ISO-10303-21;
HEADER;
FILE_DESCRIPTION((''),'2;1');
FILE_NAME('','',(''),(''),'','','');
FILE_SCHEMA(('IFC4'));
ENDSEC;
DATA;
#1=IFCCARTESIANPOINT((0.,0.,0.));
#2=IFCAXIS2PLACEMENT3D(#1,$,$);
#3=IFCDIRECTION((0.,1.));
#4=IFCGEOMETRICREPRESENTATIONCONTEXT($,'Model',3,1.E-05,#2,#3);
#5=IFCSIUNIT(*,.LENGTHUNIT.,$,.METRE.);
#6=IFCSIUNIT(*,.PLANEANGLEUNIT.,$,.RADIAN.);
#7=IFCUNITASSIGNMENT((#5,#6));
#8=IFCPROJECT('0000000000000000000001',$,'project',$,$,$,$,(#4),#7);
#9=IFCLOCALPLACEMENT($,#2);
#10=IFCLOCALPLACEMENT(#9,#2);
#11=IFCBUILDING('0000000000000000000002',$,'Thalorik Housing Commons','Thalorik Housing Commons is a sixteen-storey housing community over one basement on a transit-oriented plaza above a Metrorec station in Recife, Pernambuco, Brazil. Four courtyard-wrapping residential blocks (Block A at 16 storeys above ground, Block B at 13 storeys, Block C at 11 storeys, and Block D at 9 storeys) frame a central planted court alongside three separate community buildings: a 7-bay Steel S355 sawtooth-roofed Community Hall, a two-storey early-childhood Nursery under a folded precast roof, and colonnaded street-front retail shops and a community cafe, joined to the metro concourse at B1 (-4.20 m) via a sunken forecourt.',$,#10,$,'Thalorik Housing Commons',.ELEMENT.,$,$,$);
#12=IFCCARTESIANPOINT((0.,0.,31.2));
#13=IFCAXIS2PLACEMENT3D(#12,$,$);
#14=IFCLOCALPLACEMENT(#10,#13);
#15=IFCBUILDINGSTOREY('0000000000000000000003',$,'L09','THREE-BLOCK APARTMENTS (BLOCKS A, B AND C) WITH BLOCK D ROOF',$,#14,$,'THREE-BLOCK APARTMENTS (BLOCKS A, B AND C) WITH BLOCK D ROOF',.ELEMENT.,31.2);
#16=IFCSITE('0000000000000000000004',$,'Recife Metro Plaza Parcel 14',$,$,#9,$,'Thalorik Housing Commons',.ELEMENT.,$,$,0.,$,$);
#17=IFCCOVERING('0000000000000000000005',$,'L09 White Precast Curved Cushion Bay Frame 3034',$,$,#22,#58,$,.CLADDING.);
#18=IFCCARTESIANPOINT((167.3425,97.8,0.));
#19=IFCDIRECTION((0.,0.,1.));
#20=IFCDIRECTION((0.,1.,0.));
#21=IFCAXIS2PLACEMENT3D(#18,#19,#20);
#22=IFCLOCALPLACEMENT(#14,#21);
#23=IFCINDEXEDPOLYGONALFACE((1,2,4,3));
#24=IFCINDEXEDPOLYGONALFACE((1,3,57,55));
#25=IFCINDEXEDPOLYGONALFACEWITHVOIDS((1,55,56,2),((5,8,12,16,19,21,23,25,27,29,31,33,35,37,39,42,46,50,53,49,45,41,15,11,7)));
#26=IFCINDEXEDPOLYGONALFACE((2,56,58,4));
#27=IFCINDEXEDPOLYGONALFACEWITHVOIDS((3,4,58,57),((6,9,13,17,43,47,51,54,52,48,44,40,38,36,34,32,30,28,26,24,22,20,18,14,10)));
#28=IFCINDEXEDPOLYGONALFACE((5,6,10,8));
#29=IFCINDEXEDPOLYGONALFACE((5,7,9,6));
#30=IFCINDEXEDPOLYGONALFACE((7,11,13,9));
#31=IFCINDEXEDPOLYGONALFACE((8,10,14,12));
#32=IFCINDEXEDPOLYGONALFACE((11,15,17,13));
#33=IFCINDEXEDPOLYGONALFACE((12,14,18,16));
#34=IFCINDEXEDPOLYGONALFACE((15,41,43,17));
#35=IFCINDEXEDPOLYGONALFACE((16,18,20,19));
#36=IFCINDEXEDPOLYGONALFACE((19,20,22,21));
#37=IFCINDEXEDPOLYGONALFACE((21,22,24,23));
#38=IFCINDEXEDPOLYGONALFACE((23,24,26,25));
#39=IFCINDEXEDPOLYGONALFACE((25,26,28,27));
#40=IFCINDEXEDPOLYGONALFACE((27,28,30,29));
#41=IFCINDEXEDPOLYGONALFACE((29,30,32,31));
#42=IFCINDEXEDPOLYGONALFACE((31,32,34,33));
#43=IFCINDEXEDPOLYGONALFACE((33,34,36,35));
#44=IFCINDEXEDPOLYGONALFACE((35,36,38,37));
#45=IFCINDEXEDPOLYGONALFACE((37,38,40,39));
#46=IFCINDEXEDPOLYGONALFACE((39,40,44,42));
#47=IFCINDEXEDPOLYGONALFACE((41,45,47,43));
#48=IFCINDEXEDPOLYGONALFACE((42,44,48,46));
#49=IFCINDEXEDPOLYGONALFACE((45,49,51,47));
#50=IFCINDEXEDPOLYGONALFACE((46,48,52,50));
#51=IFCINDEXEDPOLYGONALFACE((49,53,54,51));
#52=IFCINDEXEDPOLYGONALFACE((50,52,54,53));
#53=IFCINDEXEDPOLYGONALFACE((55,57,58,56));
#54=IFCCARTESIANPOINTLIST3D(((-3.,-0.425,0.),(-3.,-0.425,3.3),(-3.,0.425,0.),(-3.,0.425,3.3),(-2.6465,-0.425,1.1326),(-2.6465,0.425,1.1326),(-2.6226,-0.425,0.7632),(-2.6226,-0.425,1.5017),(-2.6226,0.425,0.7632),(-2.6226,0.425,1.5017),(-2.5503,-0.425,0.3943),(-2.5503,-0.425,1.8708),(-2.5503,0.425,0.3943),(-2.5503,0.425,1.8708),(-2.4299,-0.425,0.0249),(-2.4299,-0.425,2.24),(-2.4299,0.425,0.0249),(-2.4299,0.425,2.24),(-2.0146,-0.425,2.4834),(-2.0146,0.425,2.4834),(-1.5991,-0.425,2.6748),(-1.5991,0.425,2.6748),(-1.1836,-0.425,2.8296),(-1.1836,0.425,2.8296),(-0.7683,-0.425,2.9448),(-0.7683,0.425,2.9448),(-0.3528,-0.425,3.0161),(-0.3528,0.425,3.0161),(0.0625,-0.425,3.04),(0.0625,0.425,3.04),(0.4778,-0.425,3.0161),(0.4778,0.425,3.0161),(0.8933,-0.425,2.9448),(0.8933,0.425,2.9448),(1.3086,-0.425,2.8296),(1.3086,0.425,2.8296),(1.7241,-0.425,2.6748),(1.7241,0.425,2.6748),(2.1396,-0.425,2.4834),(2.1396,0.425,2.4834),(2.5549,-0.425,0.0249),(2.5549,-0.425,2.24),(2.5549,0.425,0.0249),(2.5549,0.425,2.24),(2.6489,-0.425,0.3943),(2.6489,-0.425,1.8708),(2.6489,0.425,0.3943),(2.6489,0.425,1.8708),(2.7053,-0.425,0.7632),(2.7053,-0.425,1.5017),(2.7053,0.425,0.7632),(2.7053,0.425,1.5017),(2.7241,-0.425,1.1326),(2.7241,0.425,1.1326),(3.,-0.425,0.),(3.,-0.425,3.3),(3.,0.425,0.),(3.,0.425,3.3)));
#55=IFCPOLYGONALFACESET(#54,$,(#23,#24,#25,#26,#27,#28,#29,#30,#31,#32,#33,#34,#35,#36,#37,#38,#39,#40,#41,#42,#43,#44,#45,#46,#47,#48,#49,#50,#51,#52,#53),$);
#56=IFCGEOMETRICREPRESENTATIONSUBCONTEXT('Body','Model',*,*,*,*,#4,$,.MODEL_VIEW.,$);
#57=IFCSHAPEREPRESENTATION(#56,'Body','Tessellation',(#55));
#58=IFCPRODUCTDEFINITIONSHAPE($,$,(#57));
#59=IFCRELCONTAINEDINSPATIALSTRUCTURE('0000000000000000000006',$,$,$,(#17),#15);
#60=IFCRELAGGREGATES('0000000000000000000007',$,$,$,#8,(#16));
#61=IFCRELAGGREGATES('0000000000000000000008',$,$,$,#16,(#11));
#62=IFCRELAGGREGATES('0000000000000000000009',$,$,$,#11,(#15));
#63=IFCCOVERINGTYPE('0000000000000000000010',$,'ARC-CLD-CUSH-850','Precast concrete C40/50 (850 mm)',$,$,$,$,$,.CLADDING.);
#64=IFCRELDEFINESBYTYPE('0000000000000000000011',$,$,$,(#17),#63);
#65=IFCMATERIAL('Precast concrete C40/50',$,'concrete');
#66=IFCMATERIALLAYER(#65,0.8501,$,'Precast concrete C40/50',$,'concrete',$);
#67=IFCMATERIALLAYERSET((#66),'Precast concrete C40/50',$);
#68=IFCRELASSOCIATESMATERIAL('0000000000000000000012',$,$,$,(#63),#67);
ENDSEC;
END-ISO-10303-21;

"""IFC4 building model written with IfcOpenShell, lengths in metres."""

from ifc_helpers import new_model, si_unit, direction, frame, origin, place, context, subcontext, project, spatial, polyline, outline, extrude, material, layer, layer_set, type_object, element, save


model = new_model("IFC4")

# Units and contexts
model_context = context("Model", 3, precision=1e-05, world=origin(), true_north=direction((0.0, 1.0)))
body_context = subcontext(model_context, "Body", "Model", "MODEL_VIEW")
ifc_project = project(units=[si_unit("LENGTHUNIT", "METRE"), si_unit("PLANEANGLEUNIT", "RADIAN")], contexts=[model_context])

# Site, building, storey
site_placement = place(None, origin())
site = spatial("IfcSite", under=ifc_project, at=site_placement, Name="Recife Metro Plaza Parcel 14", LongName="Thalorik Housing Commons", CompositionType="ELEMENT", RefElevation=0.0)
building_placement = place(site_placement, origin())
building = spatial("IfcBuilding", under=site, at=building_placement, Name="Thalorik Housing Commons", Description="Thalorik Housing Commons is a sixteen-storey housing community over one basement on a transit-oriented plaza above a Metrorec station in Recife, Pernambuco, Brazil. Four courtyard-wrapping residential blocks (Block A at 16 storeys above ground, Block B at 13 storeys, Block C at 11 storeys, and Block D at 9 storeys) frame a central planted court alongside three separate community buildings: a 7-bay Steel S355 sawtooth-roofed Community Hall, a two-storey early-childhood Nursery under a folded precast roof, and colonnaded street-front retail shops and a community cafe, joined to the metro concourse at B1 (-4.20 m) via a sunken forecourt.", LongName="Thalorik Housing Commons", CompositionType="ELEMENT")
storey_placement = place(building_placement, frame((0.0, 0.0, 31.2)))
storey = spatial("IfcBuildingStorey", under=building, at=storey_placement, Name="L09", Description="THREE-BLOCK APARTMENTS (BLOCKS A, B AND C) WITH BLOCK D ROOF", LongName="THREE-BLOCK APARTMENTS (BLOCKS A, B AND C) WITH BLOCK D ROOF", CompositionType="ELEMENT", Elevation=31.2)

# Shared definitions
ifc_material_1 = material(Name="Precast concrete C40/50", Category="concrete")

# Covering
ifc_layer_1 = layer(ifc_material_1, 0.8501, Name="Precast concrete C40/50", Category="concrete")
ifc_layer_set_1 = layer_set([ifc_layer_1], Name="Precast concrete C40/50")
covering_type_1 = type_object("IfcCoveringType", Name="ARC-CLD-CUSH-850", Description="Precast concrete C40/50 (850 mm)", PredefinedType="CLADDING", material=ifc_layer_set_1)
covering_1_placement = place(storey_placement, frame((167.3425, 97.8, 0.0), z_axis=(0.0, 0.0, 1.0), x_axis=(0.0, 1.0, 0.0)))
element("IfcCovering", 1, at=covering_1_placement, inside=storey, type_object=covering_type_1, Name="L09 White Precast Curved Cushion Bay Frame 3034", PredefinedType="CLADDING", context=body_context, shape_type="SweptSolid", body=[
    extrude(outline(polyline([(-3.0, 0.0), (3.0, 0.0), (3.0, 3.3), (-3.0, 3.3), (-3.0, 0.0)]), holes=[polyline([(2.5549, 0.0249), (2.6489, 0.3943), (2.7053, 0.7632), (2.7241, 1.1326), (2.7053, 1.5017), (2.6489, 1.8708), (2.5549, 2.24), (2.1396, 2.4834), (1.7241, 2.6748), (1.3086, 2.8296), (0.8933, 2.9448), (0.4778, 3.0161), (0.0625, 3.04), (-0.3528, 3.0161), (-0.7683, 2.9448), (-1.1836, 2.8296), (-1.5991, 2.6748), (-2.0146, 2.4834), (-2.4299, 2.24), (-2.5503, 1.8708), (-2.6226, 1.5017), (-2.6465, 1.1326), (-2.6226, 0.7632), (-2.5503, 0.3943), (-2.4299, 0.0249), (2.5549, 0.0249)])]), frame((0.0, 0.425, 0.0), z_axis=(0.0, -1.0, 0.0), x_axis=(1.0, 0.0, 0.0)), (0.0, 0.0, 1.0), 0.8501),
])

save(model, "model.ifc")
